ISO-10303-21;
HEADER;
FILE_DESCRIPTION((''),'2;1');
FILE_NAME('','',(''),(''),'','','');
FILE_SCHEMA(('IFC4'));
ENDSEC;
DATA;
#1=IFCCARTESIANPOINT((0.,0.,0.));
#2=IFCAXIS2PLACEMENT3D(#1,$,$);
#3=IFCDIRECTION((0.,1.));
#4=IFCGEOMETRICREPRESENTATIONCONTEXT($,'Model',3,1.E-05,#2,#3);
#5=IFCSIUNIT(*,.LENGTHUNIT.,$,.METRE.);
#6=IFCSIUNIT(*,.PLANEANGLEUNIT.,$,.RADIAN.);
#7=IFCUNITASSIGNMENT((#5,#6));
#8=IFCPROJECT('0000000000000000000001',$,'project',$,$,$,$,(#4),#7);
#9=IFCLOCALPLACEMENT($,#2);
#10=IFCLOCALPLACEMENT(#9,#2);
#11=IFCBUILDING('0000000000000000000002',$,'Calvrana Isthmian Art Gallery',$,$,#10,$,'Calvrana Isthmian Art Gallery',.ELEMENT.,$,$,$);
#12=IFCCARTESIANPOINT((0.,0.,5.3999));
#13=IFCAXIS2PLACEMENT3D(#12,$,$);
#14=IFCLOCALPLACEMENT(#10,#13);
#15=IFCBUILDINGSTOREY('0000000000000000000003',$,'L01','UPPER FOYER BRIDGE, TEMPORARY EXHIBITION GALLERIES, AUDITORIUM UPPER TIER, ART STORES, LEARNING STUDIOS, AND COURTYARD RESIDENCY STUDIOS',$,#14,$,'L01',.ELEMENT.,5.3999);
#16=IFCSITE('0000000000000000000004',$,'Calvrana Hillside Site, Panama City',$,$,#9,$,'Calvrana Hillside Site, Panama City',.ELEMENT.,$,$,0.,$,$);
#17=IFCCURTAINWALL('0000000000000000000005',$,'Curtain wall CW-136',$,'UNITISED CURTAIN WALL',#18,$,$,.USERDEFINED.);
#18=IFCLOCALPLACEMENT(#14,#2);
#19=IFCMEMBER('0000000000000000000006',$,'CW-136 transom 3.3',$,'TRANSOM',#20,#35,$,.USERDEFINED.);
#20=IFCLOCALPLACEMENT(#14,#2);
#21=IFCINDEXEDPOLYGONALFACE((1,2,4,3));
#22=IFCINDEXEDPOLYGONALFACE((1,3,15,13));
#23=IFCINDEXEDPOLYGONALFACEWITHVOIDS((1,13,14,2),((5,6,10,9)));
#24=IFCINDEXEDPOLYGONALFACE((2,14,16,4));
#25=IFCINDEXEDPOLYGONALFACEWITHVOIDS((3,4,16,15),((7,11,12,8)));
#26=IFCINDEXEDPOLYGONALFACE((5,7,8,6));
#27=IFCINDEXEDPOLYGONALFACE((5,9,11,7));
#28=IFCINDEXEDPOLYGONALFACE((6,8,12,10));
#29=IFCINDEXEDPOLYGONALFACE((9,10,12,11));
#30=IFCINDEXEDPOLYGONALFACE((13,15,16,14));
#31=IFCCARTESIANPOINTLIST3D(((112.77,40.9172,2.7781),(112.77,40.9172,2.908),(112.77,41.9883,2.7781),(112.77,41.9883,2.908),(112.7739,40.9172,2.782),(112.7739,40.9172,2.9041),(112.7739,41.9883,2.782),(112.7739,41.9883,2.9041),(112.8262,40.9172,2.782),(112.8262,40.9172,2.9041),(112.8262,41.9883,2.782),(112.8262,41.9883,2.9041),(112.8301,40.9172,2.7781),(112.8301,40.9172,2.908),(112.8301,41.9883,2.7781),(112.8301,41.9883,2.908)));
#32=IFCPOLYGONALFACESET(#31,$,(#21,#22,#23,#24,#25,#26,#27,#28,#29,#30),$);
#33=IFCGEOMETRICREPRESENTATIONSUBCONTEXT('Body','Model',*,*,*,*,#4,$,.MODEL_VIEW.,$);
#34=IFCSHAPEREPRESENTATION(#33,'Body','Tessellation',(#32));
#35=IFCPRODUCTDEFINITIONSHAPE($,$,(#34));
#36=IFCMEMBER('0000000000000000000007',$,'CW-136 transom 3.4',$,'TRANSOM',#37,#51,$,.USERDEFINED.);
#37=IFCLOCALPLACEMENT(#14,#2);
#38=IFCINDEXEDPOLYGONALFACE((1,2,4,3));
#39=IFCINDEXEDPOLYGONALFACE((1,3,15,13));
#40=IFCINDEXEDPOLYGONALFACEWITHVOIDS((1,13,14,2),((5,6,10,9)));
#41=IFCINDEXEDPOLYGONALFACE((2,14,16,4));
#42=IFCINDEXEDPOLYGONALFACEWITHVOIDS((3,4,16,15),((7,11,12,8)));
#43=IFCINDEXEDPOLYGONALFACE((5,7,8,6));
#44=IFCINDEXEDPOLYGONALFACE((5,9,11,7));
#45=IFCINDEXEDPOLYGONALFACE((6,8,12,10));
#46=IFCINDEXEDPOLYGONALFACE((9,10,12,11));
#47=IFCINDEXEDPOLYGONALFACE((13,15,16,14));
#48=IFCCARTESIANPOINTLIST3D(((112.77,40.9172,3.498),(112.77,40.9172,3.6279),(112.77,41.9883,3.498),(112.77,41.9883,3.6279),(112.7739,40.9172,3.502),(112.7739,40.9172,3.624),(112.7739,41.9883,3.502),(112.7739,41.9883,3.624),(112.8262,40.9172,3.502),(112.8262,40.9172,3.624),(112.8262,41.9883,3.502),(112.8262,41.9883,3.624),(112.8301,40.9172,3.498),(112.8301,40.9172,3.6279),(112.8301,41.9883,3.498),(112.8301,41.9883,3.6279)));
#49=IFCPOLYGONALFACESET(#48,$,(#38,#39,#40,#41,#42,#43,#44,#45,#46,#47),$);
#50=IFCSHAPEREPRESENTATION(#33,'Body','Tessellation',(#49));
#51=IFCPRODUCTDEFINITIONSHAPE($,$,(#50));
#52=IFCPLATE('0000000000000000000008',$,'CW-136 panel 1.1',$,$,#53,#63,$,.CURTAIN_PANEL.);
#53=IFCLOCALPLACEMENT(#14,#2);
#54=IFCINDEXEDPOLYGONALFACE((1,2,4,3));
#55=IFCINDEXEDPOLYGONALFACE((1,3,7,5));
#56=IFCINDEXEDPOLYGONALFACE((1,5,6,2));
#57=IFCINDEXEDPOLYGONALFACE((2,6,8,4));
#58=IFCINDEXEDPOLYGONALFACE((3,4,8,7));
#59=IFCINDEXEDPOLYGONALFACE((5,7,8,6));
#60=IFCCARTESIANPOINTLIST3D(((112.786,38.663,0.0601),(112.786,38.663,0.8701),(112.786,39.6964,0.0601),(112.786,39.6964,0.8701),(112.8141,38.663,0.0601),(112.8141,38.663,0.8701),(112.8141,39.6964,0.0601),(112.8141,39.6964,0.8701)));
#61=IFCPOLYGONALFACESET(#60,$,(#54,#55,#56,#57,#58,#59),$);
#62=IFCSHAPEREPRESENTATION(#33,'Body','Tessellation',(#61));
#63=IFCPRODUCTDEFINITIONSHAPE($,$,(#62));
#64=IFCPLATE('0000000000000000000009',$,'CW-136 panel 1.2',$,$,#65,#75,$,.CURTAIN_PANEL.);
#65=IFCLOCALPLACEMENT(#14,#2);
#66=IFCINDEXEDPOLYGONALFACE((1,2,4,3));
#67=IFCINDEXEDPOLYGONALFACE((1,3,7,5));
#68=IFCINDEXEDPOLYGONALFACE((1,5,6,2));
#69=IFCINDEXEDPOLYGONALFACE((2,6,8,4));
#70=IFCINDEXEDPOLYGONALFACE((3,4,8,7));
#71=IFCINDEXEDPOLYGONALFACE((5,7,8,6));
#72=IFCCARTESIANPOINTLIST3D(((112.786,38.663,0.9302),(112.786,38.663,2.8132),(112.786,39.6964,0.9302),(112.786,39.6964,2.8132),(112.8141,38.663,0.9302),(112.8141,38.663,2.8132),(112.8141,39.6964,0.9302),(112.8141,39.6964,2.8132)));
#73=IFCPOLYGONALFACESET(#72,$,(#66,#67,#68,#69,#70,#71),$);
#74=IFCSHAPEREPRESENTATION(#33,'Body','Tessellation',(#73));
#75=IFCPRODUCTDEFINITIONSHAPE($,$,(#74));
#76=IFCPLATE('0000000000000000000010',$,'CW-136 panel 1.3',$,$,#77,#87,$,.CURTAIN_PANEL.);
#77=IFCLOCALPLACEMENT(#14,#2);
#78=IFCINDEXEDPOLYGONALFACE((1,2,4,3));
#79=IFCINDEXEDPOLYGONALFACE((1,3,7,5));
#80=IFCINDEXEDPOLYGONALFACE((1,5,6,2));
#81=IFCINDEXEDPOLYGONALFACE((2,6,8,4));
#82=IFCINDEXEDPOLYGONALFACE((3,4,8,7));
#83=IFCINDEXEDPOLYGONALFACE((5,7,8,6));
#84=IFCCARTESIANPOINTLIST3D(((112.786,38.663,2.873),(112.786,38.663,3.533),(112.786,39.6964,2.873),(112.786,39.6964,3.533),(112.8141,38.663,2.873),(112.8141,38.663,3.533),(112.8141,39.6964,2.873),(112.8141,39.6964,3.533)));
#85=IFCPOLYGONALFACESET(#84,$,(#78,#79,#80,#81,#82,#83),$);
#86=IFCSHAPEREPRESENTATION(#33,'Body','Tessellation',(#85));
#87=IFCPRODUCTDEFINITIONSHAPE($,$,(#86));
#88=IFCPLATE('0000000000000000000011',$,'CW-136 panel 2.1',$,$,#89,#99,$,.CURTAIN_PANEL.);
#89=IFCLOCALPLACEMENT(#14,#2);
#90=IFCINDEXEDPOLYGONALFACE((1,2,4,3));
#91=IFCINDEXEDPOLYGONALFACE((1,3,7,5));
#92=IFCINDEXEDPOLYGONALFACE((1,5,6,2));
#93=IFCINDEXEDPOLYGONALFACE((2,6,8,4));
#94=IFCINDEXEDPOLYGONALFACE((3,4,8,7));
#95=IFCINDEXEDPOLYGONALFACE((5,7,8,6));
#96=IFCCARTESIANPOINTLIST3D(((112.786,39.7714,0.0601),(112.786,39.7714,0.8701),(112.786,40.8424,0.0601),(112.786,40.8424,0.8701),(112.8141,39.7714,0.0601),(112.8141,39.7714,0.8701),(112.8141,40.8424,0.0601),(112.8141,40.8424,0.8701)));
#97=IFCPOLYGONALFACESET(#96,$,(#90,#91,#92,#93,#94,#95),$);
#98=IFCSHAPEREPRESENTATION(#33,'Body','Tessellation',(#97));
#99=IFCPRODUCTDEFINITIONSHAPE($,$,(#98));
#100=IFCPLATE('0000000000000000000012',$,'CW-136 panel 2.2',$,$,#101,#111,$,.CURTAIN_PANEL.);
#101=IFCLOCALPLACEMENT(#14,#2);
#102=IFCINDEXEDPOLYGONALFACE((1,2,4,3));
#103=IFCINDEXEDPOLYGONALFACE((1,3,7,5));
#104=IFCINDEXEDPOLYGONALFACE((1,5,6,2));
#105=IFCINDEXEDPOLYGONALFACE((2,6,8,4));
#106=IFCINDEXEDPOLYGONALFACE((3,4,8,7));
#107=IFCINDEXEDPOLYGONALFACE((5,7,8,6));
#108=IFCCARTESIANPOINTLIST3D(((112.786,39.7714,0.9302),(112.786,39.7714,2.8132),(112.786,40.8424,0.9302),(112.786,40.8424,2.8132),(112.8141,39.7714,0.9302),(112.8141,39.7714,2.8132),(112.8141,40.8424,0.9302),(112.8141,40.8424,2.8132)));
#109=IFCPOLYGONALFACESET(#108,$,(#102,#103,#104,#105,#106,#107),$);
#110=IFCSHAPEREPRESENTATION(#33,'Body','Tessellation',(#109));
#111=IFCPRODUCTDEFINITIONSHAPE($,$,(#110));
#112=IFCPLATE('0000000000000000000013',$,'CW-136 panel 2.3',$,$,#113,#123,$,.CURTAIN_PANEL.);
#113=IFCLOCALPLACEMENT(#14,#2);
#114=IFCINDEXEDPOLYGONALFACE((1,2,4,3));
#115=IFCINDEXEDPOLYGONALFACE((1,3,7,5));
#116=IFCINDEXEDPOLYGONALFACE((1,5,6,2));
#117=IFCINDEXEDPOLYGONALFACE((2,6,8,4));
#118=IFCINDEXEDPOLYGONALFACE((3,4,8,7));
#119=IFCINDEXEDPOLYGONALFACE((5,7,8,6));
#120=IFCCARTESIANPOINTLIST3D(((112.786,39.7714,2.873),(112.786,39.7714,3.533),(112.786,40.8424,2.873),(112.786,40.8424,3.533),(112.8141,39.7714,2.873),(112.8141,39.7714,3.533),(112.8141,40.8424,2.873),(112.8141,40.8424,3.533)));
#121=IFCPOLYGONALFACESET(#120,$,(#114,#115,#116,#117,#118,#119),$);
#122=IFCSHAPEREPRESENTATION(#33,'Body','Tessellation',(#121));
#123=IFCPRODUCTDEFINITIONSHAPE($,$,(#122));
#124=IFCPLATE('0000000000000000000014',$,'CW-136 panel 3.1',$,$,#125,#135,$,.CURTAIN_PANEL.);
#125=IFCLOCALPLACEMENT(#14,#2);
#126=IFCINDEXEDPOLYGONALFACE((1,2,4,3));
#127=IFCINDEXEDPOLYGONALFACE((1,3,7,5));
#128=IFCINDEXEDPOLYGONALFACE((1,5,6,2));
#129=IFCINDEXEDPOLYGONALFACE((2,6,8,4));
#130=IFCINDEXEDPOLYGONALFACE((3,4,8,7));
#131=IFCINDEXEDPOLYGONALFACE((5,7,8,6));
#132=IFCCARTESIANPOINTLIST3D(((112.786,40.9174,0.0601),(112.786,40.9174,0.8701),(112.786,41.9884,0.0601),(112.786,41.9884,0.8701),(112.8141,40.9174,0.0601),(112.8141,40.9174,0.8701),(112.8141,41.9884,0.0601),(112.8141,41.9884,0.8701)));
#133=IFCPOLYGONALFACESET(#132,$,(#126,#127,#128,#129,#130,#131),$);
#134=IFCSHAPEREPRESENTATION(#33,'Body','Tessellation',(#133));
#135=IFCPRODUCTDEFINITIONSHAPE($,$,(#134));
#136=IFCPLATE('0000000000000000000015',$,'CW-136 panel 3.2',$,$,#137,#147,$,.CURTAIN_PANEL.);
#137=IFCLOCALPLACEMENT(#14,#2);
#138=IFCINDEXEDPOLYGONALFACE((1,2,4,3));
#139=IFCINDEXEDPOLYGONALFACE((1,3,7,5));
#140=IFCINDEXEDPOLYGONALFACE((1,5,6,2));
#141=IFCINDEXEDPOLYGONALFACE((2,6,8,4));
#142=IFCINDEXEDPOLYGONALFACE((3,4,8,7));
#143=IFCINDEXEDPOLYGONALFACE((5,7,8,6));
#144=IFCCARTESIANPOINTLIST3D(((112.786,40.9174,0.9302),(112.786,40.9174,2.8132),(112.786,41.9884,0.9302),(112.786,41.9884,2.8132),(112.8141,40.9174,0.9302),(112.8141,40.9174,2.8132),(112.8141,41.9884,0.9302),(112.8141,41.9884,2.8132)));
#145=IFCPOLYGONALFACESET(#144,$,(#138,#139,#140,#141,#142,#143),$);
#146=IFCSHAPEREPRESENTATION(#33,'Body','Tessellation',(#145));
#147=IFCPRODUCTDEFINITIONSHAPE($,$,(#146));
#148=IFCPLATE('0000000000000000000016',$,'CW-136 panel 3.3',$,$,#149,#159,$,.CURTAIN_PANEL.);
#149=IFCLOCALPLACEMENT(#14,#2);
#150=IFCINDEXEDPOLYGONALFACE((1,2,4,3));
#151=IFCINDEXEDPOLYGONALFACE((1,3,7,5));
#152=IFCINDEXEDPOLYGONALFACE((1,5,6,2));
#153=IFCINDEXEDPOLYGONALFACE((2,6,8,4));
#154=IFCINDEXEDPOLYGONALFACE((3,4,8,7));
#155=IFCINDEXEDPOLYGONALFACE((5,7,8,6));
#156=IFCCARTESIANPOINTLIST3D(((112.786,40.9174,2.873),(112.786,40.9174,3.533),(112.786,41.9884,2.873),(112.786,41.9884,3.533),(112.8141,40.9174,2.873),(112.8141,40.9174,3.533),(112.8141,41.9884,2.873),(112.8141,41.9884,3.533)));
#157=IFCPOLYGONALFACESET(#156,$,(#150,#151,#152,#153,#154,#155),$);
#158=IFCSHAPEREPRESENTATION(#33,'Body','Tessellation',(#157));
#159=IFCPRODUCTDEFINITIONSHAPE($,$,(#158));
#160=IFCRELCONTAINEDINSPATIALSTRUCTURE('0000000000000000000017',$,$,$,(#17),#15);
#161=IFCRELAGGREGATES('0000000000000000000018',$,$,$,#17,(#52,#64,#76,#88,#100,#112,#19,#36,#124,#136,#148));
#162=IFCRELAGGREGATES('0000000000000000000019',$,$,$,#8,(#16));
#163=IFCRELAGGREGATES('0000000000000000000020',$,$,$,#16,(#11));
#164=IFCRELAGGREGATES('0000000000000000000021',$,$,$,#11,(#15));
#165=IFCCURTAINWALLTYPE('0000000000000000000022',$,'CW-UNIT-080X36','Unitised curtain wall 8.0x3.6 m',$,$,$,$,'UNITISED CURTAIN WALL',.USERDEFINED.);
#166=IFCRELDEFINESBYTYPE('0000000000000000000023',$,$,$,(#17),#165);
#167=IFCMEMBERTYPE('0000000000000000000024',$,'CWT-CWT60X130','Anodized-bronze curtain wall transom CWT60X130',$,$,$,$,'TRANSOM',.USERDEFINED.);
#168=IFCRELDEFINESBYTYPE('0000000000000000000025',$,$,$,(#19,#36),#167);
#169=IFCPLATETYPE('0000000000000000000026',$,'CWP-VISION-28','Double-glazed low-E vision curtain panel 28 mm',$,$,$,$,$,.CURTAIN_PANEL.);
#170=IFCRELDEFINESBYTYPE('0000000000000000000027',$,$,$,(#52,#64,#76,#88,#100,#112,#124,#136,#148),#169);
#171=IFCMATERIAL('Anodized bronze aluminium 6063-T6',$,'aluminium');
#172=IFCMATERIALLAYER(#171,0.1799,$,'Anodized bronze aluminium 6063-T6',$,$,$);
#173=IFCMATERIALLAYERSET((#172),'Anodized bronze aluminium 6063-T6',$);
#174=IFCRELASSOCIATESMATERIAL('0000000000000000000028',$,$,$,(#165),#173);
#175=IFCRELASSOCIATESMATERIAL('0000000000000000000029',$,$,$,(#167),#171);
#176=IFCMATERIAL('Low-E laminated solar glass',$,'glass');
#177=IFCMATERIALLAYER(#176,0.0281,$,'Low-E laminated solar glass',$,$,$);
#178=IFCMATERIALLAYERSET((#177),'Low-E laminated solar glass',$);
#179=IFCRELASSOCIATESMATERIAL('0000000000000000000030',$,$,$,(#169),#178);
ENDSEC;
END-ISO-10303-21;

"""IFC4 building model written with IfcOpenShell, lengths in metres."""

from ifc_helpers import new_model, si_unit, direction, frame, origin, origin_2d, place, context, subcontext, project, spatial, rectangle, hollow_rectangle, extrude, material, layer, layer_set, material_profile, profile_set, type_object, element, aggregate, save


model = new_model("IFC4")

# Units and contexts
model_context = context("Model", 3, precision=1e-05, world=origin(), true_north=direction((0.0, 1.0)))
body_context = subcontext(model_context, "Body", "Model", "MODEL_VIEW")
ifc_project = project(units=[si_unit("LENGTHUNIT", "METRE"), si_unit("PLANEANGLEUNIT", "RADIAN")], contexts=[model_context])

# Site, building, storey
site_placement = place(None, origin())
site = spatial("IfcSite", under=ifc_project, at=site_placement, Name="Calvrana Hillside Site, Panama City", LongName="Calvrana Hillside Site, Panama City", CompositionType="ELEMENT", RefElevation=0.0)
building_placement = place(site_placement, origin())
building = spatial("IfcBuilding", under=site, at=building_placement, Name="Calvrana Isthmian Art Gallery", LongName="Calvrana Isthmian Art Gallery", CompositionType="ELEMENT")
storey_placement = place(building_placement, frame((0.0, 0.0, 5.3999)))
storey = spatial("IfcBuildingStorey", under=building, at=storey_placement, Name="L01", Description="UPPER FOYER BRIDGE, TEMPORARY EXHIBITION GALLERIES, AUDITORIUM UPPER TIER, ART STORES, LEARNING STUDIOS, AND COURTYARD RESIDENCY STUDIOS", LongName="L01", CompositionType="ELEMENT", Elevation=5.3999)

# Curtain wall, members, plates
ifc_material_1 = material(Name="Anodized bronze aluminium 6063-T6", Category="aluminium")
ifc_layer_1 = layer(ifc_material_1, 0.1799, Name="Anodized bronze aluminium 6063-T6")
ifc_layer_set_1 = layer_set([ifc_layer_1], Name="Anodized bronze aluminium 6063-T6")
curtain_wall_type = type_object("IfcCurtainWallType", Name="CW-UNIT-080X36", Description="Unitised curtain wall 8.0x3.6 m", ElementType="UNITISED CURTAIN WALL", PredefinedType="USERDEFINED", material=ifc_layer_set_1)
curtain_wall_placement = place(storey_placement, origin())
curtain_wall = element("IfcCurtainWall", 1, at=curtain_wall_placement, inside=storey, type_object=curtain_wall_type, Name="Curtain wall CW-136", ObjectType="UNITISED CURTAIN WALL", PredefinedType="USERDEFINED")
ifc_material_profile_1 = material_profile(ifc_material_1, hollow_rectangle(XDim=0.0601, YDim=0.1299, WallThickness=0.0039, at=origin_2d()), Name="CWT60X130")
ifc_profile_set_1 = profile_set([ifc_material_profile_1], Name="Anodized bronze aluminium 6063-T6")
member_type_1 = type_object("IfcMemberType", Name="CWT-CWT60X130", Description="Anodized-bronze curtain wall transom CWT60X130", ElementType="TRANSOM", PredefinedType="USERDEFINED", material=ifc_profile_set_1)
member_1_placement = place(storey_placement, frame((112.8, 40.9172, 2.843), z_axis=(0.0, 1.0, 0.0), x_axis=(-1.0, 0.0, 0.0)))
member_1 = element("IfcMember", 2, at=member_1_placement, type_object=member_type_1, Name="CW-136 transom 3.3", ObjectType="TRANSOM", PredefinedType="USERDEFINED", context=body_context, shape_type="SweptSolid", body=[
    extrude(hollow_rectangle(XDim=0.0601, YDim=0.1299, WallThickness=0.0039, at=origin_2d()), origin(), (0.0, 0.0, 1.0), 1.071),
])
member_2_placement = place(storey_placement, frame((112.8, 40.9172, 3.563), z_axis=(0.0, 1.0, 0.0), x_axis=(-1.0, 0.0, 0.0)))
member_2 = element("IfcMember", 3, at=member_2_placement, type_object=member_type_1, Name="CW-136 transom 3.4", ObjectType="TRANSOM", PredefinedType="USERDEFINED", context=body_context, shape_type="SweptSolid", body=[
    extrude(hollow_rectangle(XDim=0.0601, YDim=0.1299, WallThickness=0.0039, at=origin_2d()), origin(), (0.0, 0.0, 1.0), 1.071),
])
ifc_material_2 = material(Name="Low-E laminated solar glass", Category="glass")
ifc_layer_2 = layer(ifc_material_2, 0.0281, Name="Low-E laminated solar glass")
ifc_layer_set_2 = layer_set([ifc_layer_2], Name="Low-E laminated solar glass")
plate_type = type_object("IfcPlateType", Name="CWP-VISION-28", Description="Double-glazed low-E vision curtain panel 28 mm", PredefinedType="CURTAIN_PANEL", material=ifc_layer_set_2)
plate_1_placement = place(storey_placement, frame((112.8, 39.1797, 0.0601), z_axis=(0.0, 0.0, 1.0), x_axis=(0.0, 1.0, 0.0)))
plate_1 = element("IfcPlate", 4, at=plate_1_placement, type_object=plate_type, Name="CW-136 panel 1.1", PredefinedType="CURTAIN_PANEL", context=body_context, shape_type="SweptSolid", body=[
    extrude(rectangle(XDim=1.0334, YDim=0.0281, at=origin_2d()), origin(), (0.0, 0.0, 1.0), 0.8101),
])
plate_2_placement = place(storey_placement, frame((112.8, 39.1797, 0.9302), z_axis=(0.0, 0.0, 1.0), x_axis=(0.0, 1.0, 0.0)))
plate_2 = element("IfcPlate", 5, at=plate_2_placement, type_object=plate_type, Name="CW-136 panel 1.2", PredefinedType="CURTAIN_PANEL", context=body_context, shape_type="SweptSolid", body=[
    extrude(rectangle(XDim=1.0334, YDim=0.0281, at=origin_2d()), origin(), (0.0, 0.0, 1.0), 1.8831),
])
plate_3_placement = place(storey_placement, frame((112.8, 39.1797, 2.873), z_axis=(0.0, 0.0, 1.0), x_axis=(0.0, 1.0, 0.0)))
plate_3 = element("IfcPlate", 6, at=plate_3_placement, type_object=plate_type, Name="CW-136 panel 1.3", PredefinedType="CURTAIN_PANEL", context=body_context, shape_type="SweptSolid", body=[
    extrude(rectangle(XDim=1.0334, YDim=0.0281, at=origin_2d()), origin(), (0.0, 0.0, 1.0), 0.6599),
])
plate_4_placement = place(storey_placement, frame((112.8, 40.3069, 0.0601), z_axis=(0.0, 0.0, 1.0), x_axis=(0.0, 1.0, 0.0)))
plate_4 = element("IfcPlate", 7, at=plate_4_placement, type_object=plate_type, Name="CW-136 panel 2.1", PredefinedType="CURTAIN_PANEL", context=body_context, shape_type="SweptSolid", body=[
    extrude(rectangle(XDim=1.071, YDim=0.0281, at=origin_2d()), origin(), (0.0, 0.0, 1.0), 0.8101),
])
plate_5_placement = place(storey_placement, frame((112.8, 40.3069, 0.9302), z_axis=(0.0, 0.0, 1.0), x_axis=(0.0, 1.0, 0.0)))
plate_5 = element("IfcPlate", 8, at=plate_5_placement, type_object=plate_type, Name="CW-136 panel 2.2", PredefinedType="CURTAIN_PANEL", context=body_context, shape_type="SweptSolid", body=[
    extrude(rectangle(XDim=1.071, YDim=0.0281, at=origin_2d()), origin(), (0.0, 0.0, 1.0), 1.8831),
])
plate_6_placement = place(storey_placement, frame((112.8, 40.3069, 2.873), z_axis=(0.0, 0.0, 1.0), x_axis=(0.0, 1.0, 0.0)))
plate_6 = element("IfcPlate", 9, at=plate_6_placement, type_object=plate_type, Name="CW-136 panel 2.3", PredefinedType="CURTAIN_PANEL", context=body_context, shape_type="SweptSolid", body=[
    extrude(rectangle(XDim=1.071, YDim=0.0281, at=origin_2d()), origin(), (0.0, 0.0, 1.0), 0.6599),
])
plate_7_placement = place(storey_placement, frame((112.8, 41.4529, 0.0601), z_axis=(0.0, 0.0, 1.0), x_axis=(0.0, 1.0, 0.0)))
plate_7 = element("IfcPlate", 10, at=plate_7_placement, type_object=plate_type, Name="CW-136 panel 3.1", PredefinedType="CURTAIN_PANEL", context=body_context, shape_type="SweptSolid", body=[
    extrude(rectangle(XDim=1.071, YDim=0.0281, at=origin_2d()), origin(), (0.0, 0.0, 1.0), 0.8101),
])
plate_8_placement = place(storey_placement, frame((112.8, 41.4529, 0.9302), z_axis=(0.0, 0.0, 1.0), x_axis=(0.0, 1.0, 0.0)))
plate_8 = element("IfcPlate", 11, at=plate_8_placement, type_object=plate_type, Name="CW-136 panel 3.2", PredefinedType="CURTAIN_PANEL", context=body_context, shape_type="SweptSolid", body=[
    extrude(rectangle(XDim=1.071, YDim=0.0281, at=origin_2d()), origin(), (0.0, 0.0, 1.0), 1.8831),
])
plate_9_placement = place(storey_placement, frame((112.8, 41.4529, 2.873), z_axis=(0.0, 0.0, 1.0), x_axis=(0.0, 1.0, 0.0)))
plate_9 = element("IfcPlate", 12, at=plate_9_placement, type_object=plate_type, Name="CW-136 panel 3.3", PredefinedType="CURTAIN_PANEL", context=body_context, shape_type="SweptSolid", body=[
    extrude(rectangle(XDim=1.071, YDim=0.0281, at=origin_2d()), origin(), (0.0, 0.0, 1.0), 0.6599),
])
aggregate(curtain_wall, [plate_1, plate_2, plate_3, plate_4, plate_5, plate_6, member_1, member_2, plate_7, plate_8, plate_9])

save(model, "model.ifc")
